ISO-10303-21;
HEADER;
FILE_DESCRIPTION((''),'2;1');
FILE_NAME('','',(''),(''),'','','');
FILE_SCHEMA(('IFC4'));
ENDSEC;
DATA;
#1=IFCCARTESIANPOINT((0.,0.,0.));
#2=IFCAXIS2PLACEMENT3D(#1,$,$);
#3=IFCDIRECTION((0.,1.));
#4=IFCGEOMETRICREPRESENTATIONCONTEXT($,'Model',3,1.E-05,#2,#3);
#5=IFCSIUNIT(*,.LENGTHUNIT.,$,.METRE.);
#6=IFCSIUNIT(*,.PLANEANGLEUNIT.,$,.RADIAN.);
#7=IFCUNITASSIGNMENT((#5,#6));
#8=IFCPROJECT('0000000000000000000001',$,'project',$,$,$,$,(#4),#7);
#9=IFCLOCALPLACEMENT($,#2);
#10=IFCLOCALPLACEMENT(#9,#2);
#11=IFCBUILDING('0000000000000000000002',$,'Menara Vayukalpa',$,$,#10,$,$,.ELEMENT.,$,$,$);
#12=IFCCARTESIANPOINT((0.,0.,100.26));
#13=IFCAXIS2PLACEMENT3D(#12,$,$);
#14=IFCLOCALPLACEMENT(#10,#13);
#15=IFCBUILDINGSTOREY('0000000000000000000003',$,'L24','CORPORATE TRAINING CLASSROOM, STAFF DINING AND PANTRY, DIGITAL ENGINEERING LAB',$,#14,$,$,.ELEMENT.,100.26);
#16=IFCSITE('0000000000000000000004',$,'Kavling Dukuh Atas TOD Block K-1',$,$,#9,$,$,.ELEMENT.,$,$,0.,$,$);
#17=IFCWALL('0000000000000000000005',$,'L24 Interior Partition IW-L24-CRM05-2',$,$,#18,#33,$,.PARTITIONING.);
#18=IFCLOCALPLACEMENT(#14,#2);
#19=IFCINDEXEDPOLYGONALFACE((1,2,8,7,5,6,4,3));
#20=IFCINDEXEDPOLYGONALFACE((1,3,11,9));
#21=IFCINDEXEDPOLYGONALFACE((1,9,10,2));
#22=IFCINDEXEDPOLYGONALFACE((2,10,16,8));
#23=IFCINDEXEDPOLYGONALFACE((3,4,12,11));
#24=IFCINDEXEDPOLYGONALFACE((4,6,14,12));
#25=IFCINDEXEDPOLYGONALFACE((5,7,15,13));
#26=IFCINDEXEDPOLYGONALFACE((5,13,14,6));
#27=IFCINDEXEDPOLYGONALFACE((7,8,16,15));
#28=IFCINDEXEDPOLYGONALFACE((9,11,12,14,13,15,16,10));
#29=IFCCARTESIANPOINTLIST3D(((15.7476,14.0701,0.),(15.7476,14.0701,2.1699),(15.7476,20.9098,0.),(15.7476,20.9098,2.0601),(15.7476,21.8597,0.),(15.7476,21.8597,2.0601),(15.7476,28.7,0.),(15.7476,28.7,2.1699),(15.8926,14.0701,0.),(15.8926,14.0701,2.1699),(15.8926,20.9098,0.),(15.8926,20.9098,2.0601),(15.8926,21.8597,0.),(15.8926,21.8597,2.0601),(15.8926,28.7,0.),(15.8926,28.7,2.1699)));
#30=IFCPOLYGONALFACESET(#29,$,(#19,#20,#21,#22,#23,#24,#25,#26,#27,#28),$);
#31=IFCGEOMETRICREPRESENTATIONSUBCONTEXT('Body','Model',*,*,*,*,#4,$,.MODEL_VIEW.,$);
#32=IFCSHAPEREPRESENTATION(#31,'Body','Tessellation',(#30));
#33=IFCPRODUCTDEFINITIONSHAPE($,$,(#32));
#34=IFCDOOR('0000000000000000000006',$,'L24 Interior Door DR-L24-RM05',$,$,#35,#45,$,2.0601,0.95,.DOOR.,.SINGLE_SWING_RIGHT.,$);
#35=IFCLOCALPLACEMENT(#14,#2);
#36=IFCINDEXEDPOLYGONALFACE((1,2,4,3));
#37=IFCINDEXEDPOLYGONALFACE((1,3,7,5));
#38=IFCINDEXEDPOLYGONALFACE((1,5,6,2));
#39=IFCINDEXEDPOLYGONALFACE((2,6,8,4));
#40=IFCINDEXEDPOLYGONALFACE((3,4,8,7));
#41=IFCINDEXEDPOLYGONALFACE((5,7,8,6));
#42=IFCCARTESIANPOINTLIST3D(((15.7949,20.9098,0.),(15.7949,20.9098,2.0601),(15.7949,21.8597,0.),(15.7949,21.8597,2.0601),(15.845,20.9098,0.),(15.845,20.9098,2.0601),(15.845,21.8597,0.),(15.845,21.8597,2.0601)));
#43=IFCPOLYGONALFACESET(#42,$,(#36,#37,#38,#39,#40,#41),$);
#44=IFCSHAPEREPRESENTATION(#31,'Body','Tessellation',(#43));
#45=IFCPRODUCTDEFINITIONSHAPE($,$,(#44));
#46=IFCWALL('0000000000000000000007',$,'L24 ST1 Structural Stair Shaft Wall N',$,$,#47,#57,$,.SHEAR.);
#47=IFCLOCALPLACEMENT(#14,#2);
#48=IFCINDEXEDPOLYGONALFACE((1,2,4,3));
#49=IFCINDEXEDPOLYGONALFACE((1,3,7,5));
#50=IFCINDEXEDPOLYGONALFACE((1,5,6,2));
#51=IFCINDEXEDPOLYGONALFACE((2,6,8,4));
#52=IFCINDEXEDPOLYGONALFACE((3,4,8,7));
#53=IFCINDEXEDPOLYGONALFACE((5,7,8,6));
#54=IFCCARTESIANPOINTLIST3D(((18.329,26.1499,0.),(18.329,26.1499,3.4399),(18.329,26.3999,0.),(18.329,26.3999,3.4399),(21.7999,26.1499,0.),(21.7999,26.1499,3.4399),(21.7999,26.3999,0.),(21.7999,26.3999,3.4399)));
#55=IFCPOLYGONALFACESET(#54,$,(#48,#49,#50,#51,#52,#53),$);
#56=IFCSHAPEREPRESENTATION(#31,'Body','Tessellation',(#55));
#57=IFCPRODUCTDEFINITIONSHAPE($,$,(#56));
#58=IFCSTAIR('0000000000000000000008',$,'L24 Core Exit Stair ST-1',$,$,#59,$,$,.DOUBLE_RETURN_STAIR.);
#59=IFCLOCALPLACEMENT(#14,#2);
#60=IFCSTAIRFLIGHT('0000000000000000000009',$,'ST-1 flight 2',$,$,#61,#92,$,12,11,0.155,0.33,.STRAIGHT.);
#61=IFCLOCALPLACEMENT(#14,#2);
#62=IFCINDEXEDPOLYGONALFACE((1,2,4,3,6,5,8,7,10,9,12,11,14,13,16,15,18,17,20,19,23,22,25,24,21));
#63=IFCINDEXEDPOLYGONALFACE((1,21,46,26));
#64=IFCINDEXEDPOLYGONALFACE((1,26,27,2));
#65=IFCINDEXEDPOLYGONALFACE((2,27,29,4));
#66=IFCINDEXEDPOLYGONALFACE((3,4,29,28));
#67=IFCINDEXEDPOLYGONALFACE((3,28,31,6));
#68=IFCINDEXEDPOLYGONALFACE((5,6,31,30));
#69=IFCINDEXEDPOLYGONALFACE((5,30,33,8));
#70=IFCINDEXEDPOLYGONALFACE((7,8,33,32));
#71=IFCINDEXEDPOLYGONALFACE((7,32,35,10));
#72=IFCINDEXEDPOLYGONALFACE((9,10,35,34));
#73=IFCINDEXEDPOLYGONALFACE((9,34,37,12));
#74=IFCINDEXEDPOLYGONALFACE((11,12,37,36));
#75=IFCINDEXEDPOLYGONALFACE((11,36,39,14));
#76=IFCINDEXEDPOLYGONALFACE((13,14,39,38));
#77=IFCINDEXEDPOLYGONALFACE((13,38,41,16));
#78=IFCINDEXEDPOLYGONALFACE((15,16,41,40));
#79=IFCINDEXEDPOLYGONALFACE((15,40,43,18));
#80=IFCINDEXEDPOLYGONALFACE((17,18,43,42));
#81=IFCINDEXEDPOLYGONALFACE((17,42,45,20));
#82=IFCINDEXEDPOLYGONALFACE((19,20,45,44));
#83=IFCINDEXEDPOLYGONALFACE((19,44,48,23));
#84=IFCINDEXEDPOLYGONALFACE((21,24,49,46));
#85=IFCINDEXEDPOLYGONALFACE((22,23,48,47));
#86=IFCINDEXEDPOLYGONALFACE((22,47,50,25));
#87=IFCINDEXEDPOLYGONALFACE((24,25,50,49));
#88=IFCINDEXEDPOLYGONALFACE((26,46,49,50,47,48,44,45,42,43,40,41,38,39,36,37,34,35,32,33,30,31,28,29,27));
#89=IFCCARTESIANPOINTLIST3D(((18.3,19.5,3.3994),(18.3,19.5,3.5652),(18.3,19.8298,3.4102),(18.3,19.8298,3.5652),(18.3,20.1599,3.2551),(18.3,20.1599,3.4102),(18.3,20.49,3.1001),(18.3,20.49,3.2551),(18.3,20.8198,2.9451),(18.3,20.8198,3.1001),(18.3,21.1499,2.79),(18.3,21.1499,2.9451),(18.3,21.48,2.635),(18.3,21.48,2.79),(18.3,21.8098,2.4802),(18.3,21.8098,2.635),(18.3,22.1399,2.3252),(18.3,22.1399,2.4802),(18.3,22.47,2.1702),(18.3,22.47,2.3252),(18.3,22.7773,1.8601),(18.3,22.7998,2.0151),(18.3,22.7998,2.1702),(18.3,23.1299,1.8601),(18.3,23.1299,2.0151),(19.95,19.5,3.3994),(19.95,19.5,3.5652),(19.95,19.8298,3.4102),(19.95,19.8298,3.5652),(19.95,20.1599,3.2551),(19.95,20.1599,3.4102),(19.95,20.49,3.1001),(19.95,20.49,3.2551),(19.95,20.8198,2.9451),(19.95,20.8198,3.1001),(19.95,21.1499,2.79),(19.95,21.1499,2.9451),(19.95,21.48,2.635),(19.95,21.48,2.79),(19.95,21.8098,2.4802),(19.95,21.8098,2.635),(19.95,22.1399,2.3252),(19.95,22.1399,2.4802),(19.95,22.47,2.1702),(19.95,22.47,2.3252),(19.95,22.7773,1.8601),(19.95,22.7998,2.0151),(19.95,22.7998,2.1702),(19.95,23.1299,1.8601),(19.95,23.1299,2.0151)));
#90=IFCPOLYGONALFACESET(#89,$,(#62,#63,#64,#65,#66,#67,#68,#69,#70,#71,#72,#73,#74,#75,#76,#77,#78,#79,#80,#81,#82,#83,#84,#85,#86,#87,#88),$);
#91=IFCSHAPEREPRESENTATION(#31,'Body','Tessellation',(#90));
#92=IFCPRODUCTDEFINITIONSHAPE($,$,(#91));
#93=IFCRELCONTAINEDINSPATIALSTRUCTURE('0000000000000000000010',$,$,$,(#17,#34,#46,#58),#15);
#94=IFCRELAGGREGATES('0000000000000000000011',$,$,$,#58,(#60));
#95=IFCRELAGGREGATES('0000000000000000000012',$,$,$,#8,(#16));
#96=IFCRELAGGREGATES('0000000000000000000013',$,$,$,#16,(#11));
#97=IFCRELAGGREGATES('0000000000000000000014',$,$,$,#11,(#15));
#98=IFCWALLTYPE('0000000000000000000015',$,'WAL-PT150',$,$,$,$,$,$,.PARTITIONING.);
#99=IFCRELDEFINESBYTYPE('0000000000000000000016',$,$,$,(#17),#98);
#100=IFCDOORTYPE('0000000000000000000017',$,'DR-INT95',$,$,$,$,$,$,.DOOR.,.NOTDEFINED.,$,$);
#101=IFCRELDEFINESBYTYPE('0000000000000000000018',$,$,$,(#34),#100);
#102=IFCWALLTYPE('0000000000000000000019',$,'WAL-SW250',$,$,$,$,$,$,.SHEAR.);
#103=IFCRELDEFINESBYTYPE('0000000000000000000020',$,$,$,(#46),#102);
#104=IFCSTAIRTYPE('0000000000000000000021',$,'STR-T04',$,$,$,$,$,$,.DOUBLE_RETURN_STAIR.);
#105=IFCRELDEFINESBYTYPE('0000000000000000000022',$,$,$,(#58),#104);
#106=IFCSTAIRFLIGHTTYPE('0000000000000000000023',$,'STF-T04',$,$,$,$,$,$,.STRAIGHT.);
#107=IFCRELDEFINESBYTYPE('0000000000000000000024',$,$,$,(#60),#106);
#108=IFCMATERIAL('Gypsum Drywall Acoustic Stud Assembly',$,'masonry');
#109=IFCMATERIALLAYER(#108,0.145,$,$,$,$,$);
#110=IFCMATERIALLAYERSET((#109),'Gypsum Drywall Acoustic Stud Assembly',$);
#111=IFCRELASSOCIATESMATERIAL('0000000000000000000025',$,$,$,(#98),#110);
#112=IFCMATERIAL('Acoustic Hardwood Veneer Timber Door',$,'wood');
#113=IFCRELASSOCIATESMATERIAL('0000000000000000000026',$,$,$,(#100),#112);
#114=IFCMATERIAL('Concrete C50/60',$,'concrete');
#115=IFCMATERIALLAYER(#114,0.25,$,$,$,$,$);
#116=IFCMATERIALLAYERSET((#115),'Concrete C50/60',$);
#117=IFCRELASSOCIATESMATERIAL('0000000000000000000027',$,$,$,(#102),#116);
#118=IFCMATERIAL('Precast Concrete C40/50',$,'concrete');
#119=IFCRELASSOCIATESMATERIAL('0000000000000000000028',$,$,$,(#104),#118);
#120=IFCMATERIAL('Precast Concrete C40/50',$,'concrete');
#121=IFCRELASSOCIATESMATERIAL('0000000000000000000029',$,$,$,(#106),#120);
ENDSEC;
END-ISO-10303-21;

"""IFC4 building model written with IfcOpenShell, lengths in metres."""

from ifc_helpers import new_model, si_unit, direction, frame, frame_2d, origin, place, context, subcontext, project, spatial, polyline, rectangle, outline, extrude, material, layer, layer_set, type_object, element, fill, aggregate, save


model = new_model("IFC4")

# Units and contexts
model_context = context("Model", 3, precision=1e-05, world=origin(), true_north=direction((0.0, 1.0)))
body_context = subcontext(model_context, "Body", "Model", "MODEL_VIEW")
ifc_project = project(units=[si_unit("LENGTHUNIT", "METRE"), si_unit("PLANEANGLEUNIT", "RADIAN")], contexts=[model_context])

# Site, building, storey
site_placement = place(None, origin())
site = spatial("IfcSite", under=ifc_project, at=site_placement, Name="Kavling Dukuh Atas TOD Block K-1", CompositionType="ELEMENT", RefElevation=0.0)
building_placement = place(site_placement, origin())
building = spatial("IfcBuilding", under=site, at=building_placement, Name="Menara Vayukalpa", CompositionType="ELEMENT")
storey_placement = place(building_placement, frame((0.0, 0.0, 100.26)))
storey = spatial("IfcBuildingStorey", under=building, at=storey_placement, Name="L24", Description="CORPORATE TRAINING CLASSROOM, STAFF DINING AND PANTRY, DIGITAL ENGINEERING LAB", CompositionType="ELEMENT", Elevation=100.26)

# Shared definitions
ifc_material_1 = material(Name="Gypsum Drywall Acoustic Stud Assembly", Category="masonry")
ifc_layer_1 = layer(ifc_material_1, 0.145)
ifc_layer_set_1 = layer_set([ifc_layer_1], Name="Gypsum Drywall Acoustic Stud Assembly")
wall_type_1 = type_object("IfcWallType", Name="WAL-PT150", PredefinedType="PARTITIONING", material=ifc_layer_set_1)

# Wall, opening, door
wall_1_placement = place(storey_placement, frame((15.8201, 28.7, 0.0), z_axis=(0.0, 0.0, 1.0), x_axis=(0.0, -1.0, 0.0)))
wall_1 = element("IfcWall", 1, at=wall_1_placement, inside=storey, type_object=wall_type_1, Name="L24 Interior Partition IW-L24-CRM05-2", PredefinedType="PARTITIONING", context=body_context, shape_type="SweptSolid", body=[
    extrude(rectangle(XDim=14.6299, YDim=0.145, at=frame_2d((7.3149, 0.0))), origin(), (0.0, 0.0, 1.0), 2.1699),
])
opening_placement = place(wall_1_placement, frame((6.8401, 0.0, 0.0)))
opening = element("IfcOpeningElement", 2, at=opening_placement, cuts=wall_1, PredefinedType="OPENING", context=body_context, shape_type="SweptSolid", body=[
    extrude(rectangle(XDim=0.95, YDim=2.0601, at=frame_2d((0.4751, 1.03))), frame((0.0, 0.0825, 0.0), z_axis=(0.0, -1.0, 0.0), x_axis=(1.0, 0.0, 0.0)), (0.0, 0.0, 1.0), 0.165),
])
ifc_material_2 = material(Name="Acoustic Hardwood Veneer Timber Door", Category="wood")
door_type = type_object("IfcDoorType", Name="DR-INT95", OperationType="NOTDEFINED", PredefinedType="DOOR", material=ifc_material_2)
door_placement = place(opening_placement, origin())
door = element("IfcDoor", 3, at=door_placement, inside=storey, type_object=door_type, Name="L24 Interior Door DR-L24-RM05", OperationType="SINGLE_SWING_RIGHT", OverallHeight=2.0601, OverallWidth=0.95, PredefinedType="DOOR", context=body_context, shape_type="SweptSolid", body=[
    extrude(rectangle(XDim=0.95, YDim=2.0601, at=frame_2d((0.4751, 1.03))), frame((0.0, 0.0249, 0.0), z_axis=(0.0, -1.0, 0.0), x_axis=(1.0, 0.0, 0.0)), (0.0, 0.0, 1.0), 0.05),
])
fill(opening, door)

# Wall
ifc_material_3 = material(Name="Concrete C50/60", Category="concrete")
ifc_layer_2 = layer(ifc_material_3, 0.25)
ifc_layer_set_2 = layer_set([ifc_layer_2], Name="Concrete C50/60")
wall_type_2 = type_object("IfcWallType", Name="WAL-SW250", PredefinedType="SHEAR", material=ifc_layer_set_2)
wall_2_placement = place(storey_placement, frame((18.3291, 26.2749, 0.0), z_axis=(0.0, 0.0, 1.0), x_axis=(1.0, 0.0, 0.0)))
element("IfcWall", 4, at=wall_2_placement, inside=storey, type_object=wall_type_2, Name="L24 ST1 Structural Stair Shaft Wall N", PredefinedType="SHEAR", context=body_context, shape_type="SweptSolid", body=[
    extrude(rectangle(XDim=3.4709, YDim=0.25, at=frame_2d((1.7354, 0.0))), origin(), (0.0, 0.0, 1.0), 3.4399),
])

# Stair, stair flight
ifc_material_4 = material(Name="Precast Concrete C40/50", Category="concrete")
stair_type = type_object("IfcStairType", Name="STR-T04", PredefinedType="DOUBLE_RETURN_STAIR", material=ifc_material_4)
stair_placement = place(storey_placement, origin())
stair = element("IfcStair", 5, at=stair_placement, inside=storey, type_object=stair_type, Name="L24 Core Exit Stair ST-1", PredefinedType="DOUBLE_RETURN_STAIR")
ifc_material_5 = material(Name="Precast Concrete C40/50", Category="concrete")
stair_flight_type = type_object("IfcStairFlightType", Name="STF-T04", PredefinedType="STRAIGHT", material=ifc_material_5)
stair_flight_placement = place(storey_placement, frame((19.125, 23.1299, 1.8601), z_axis=(0.0, 0.0, 1.0), x_axis=(0.0, -1.0, 0.0)))
stair_flight = element("IfcStairFlight", 6, at=stair_flight_placement, type_object=stair_flight_type, Name="ST-1 flight 2", NumberOfRisers=12, NumberOfTreads=11, PredefinedType="STRAIGHT", RiserHeight=0.155, TreadLength=0.33, context=body_context, shape_type="SweptSolid", body=[
    extrude(outline(polyline([(0.0, 0.0), (0.0, 0.155), (0.3301, 0.155), (0.3301, 0.3101), (0.6599, 0.3101), (0.6599, 0.4651), (0.99, 0.4651), (0.99, 0.6201), (1.3201, 0.6201), (1.3201, 0.7749), (1.6499, 0.7749), (1.6499, 0.9299), (1.98, 0.9299), (1.98, 1.085), (2.3101, 1.085), (2.3101, 1.24), (2.6399, 1.24), (2.6399, 1.395), (2.97, 1.395), (2.97, 1.55), (3.3, 1.55), (3.3, 1.7051), (3.6299, 1.7051), (3.6299, 1.8601), (3.6299, 1.5393), (0.3525, 0.0), (0.0, 0.0)])), frame((0.0, 0.825, 0.0), z_axis=(0.0, -1.0, 0.0), x_axis=(1.0, 0.0, 0.0)), (0.0, 0.0, 1.0), 1.6499),
])
aggregate(stair, [stair_flight])

save(model, "model.ifc")
